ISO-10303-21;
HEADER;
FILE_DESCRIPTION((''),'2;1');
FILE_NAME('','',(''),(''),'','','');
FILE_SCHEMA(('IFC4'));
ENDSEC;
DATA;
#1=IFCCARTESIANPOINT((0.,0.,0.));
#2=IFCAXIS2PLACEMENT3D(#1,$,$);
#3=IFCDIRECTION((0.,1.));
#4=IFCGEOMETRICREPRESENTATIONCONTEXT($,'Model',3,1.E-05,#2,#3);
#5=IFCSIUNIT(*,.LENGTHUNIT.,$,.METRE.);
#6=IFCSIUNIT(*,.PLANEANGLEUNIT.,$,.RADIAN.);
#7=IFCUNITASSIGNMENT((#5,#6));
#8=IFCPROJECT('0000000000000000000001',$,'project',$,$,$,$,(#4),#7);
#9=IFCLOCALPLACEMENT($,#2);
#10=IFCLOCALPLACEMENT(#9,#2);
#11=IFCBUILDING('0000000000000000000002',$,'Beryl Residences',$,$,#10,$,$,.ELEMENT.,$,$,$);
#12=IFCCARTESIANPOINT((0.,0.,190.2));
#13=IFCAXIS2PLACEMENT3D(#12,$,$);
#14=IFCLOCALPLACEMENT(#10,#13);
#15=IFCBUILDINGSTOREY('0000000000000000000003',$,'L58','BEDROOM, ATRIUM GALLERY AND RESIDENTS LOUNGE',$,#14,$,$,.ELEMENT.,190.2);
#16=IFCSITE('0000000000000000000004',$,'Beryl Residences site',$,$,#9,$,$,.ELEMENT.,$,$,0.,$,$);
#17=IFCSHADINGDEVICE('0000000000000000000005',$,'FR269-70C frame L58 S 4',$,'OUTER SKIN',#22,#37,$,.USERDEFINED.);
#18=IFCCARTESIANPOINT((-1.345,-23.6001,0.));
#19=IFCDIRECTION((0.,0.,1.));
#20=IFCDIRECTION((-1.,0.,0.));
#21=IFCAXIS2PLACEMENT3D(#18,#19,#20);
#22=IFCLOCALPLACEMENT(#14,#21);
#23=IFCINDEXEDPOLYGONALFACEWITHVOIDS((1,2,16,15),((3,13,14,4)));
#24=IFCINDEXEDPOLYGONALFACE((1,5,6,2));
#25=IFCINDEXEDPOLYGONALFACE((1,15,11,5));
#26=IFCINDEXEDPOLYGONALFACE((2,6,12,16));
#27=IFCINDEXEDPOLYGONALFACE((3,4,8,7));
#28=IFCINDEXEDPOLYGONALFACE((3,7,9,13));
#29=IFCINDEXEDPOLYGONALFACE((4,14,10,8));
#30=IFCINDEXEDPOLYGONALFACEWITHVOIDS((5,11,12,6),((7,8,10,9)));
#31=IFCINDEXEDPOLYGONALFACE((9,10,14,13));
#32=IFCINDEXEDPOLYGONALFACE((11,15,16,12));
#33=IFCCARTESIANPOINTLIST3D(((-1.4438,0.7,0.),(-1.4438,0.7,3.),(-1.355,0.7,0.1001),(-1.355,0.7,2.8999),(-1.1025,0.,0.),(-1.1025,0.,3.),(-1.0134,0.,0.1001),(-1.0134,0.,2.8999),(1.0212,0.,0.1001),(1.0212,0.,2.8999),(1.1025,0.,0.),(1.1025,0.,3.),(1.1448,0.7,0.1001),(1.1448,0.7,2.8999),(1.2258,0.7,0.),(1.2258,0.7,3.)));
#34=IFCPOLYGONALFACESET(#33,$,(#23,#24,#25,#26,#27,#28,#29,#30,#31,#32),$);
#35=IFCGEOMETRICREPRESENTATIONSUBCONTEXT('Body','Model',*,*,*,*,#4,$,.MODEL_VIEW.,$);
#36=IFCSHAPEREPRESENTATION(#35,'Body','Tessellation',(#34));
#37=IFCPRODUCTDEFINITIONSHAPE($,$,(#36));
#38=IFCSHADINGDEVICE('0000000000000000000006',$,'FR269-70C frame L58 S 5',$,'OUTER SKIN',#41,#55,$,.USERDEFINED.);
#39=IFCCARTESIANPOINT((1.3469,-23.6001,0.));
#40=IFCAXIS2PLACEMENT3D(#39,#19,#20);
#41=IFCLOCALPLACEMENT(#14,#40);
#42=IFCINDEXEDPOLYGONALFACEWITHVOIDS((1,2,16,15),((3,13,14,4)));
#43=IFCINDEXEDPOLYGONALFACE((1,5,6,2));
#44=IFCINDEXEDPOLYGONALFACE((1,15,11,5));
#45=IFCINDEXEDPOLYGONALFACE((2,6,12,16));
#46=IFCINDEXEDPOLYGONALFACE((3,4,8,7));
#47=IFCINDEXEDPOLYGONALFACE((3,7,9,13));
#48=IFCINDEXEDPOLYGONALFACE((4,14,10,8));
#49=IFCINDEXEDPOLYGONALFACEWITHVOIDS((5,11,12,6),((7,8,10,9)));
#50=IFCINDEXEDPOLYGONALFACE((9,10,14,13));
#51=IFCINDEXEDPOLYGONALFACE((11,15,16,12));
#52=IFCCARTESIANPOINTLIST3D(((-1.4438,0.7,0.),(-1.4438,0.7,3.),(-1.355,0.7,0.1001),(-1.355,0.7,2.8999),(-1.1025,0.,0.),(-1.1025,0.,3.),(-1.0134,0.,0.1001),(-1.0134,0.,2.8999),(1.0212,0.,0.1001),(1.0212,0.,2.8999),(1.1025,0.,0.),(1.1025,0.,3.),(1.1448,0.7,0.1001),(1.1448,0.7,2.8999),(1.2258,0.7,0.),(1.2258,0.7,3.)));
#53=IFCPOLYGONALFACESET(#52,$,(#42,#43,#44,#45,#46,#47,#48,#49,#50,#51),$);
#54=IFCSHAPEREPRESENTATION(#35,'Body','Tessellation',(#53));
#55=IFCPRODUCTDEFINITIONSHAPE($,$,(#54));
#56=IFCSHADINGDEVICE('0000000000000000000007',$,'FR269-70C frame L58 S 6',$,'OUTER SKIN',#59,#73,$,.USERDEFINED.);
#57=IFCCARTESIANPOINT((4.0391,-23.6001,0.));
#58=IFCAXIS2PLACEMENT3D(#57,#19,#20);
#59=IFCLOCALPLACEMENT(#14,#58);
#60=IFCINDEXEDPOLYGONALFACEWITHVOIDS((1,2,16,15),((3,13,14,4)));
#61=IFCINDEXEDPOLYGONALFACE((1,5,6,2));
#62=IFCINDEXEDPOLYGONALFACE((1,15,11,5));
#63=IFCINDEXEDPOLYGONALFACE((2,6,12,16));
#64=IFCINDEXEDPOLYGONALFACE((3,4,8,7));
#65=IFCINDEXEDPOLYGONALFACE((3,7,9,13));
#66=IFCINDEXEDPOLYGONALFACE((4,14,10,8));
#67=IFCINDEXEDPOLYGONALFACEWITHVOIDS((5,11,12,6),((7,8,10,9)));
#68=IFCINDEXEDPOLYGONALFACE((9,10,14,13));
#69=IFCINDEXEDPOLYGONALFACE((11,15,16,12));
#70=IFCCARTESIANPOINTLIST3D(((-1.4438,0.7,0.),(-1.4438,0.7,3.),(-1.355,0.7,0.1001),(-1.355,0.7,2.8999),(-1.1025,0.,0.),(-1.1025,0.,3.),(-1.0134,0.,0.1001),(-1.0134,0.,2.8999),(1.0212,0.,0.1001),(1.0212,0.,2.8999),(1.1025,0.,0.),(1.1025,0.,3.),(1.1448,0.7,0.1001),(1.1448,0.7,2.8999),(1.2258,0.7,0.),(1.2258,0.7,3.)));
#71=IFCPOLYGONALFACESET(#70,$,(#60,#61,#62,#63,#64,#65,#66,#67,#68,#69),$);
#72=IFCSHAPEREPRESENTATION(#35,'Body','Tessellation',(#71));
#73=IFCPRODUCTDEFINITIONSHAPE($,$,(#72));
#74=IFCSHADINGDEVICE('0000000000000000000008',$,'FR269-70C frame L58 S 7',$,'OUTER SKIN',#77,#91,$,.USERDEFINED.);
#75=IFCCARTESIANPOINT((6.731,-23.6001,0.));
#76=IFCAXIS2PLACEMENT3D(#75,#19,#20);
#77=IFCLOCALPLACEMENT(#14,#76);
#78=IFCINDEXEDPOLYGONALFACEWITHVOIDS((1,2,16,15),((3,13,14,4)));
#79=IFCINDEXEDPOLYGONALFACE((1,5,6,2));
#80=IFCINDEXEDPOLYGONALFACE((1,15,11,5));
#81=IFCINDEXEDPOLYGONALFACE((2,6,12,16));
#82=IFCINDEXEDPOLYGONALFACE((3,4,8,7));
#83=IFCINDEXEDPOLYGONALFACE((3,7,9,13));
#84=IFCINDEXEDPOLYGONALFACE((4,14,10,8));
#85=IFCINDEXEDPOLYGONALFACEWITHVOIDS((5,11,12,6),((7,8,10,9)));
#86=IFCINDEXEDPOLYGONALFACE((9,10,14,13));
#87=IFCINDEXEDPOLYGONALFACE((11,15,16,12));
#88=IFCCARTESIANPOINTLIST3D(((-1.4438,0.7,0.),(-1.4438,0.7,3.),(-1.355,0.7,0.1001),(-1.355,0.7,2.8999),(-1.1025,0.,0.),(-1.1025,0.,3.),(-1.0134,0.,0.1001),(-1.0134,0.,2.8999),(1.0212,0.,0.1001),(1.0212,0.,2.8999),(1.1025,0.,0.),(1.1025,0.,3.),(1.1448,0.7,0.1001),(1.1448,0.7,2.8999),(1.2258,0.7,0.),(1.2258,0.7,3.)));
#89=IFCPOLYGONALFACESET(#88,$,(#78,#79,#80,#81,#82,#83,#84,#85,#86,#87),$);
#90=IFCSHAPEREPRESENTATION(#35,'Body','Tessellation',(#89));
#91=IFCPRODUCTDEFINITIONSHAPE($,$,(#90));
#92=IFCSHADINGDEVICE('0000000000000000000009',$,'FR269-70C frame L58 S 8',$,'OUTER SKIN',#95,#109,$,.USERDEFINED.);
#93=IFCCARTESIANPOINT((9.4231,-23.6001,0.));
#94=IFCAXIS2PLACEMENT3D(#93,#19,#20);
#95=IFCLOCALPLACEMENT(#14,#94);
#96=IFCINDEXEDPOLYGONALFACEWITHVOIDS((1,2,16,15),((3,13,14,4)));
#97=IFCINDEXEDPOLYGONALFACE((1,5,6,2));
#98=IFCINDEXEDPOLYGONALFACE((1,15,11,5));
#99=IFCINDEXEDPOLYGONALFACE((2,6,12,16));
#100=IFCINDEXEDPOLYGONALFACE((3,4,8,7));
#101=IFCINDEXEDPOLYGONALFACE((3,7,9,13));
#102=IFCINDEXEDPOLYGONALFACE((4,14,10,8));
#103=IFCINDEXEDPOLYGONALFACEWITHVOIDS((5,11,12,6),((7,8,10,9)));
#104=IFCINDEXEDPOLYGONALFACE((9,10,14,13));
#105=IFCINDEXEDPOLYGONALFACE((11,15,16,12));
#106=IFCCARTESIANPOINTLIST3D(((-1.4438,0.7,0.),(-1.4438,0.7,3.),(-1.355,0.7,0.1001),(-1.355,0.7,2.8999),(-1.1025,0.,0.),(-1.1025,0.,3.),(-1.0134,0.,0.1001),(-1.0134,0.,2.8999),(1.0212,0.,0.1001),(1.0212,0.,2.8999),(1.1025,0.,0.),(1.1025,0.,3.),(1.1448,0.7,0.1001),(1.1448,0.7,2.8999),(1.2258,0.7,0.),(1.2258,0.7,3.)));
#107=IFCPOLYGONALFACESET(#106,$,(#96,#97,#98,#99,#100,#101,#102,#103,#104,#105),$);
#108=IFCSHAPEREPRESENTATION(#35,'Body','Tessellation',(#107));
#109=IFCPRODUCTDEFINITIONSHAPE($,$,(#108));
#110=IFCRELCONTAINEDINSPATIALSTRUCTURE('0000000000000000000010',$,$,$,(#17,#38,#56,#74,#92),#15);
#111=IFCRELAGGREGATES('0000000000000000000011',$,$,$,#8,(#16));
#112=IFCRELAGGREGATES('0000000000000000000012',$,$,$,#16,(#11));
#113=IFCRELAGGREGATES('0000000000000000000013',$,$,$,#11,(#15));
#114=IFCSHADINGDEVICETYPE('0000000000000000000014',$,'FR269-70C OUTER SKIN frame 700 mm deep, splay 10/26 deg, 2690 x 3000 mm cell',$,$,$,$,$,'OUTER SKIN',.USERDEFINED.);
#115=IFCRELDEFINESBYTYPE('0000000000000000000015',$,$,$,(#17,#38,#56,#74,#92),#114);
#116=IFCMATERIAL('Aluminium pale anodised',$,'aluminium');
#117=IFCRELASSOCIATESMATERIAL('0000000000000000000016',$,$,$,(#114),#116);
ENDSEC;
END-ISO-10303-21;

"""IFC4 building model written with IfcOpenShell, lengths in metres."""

from ifc_helpers import new_model, entity, si_unit, direction, frame, origin, place, context, subcontext, project, spatial, source, transform, mapped, material, type_object, type_shapes, element, save


model = new_model("IFC4")

# Units and contexts
model_context = context("Model", 3, precision=1e-05, world=origin(), true_north=direction((0.0, 1.0)))
body_context = subcontext(model_context, "Body", "Model", "MODEL_VIEW")
ifc_project = project(units=[si_unit("LENGTHUNIT", "METRE"), si_unit("PLANEANGLEUNIT", "RADIAN")], contexts=[model_context])

# Site, building, storey
site_placement = place(None, origin())
site = spatial("IfcSite", under=ifc_project, at=site_placement, Name="Beryl Residences site", CompositionType="ELEMENT", RefElevation=0.0)
building_placement = place(site_placement, origin())
building = spatial("IfcBuilding", under=site, at=building_placement, Name="Beryl Residences", CompositionType="ELEMENT")
storey_placement = place(building_placement, frame((0.0, 0.0, 190.2)))
storey = spatial("IfcBuildingStorey", under=building, at=storey_placement, Name="L58", Description="BEDROOM, ATRIUM GALLERY AND RESIDENTS LOUNGE", CompositionType="ELEMENT", Elevation=190.2)

# Shading devices
ifc_material_1 = material(Name="Aluminium pale anodised", Category="aluminium")
shading_device_type = type_object("IfcShadingDeviceType", Name="FR269-70C OUTER SKIN frame 700 mm deep, splay 10/26 deg, 2690 x 3000 mm cell", ElementType="OUTER SKIN", PredefinedType="USERDEFINED", material=ifc_material_1)
cartesian_point_1 = entity("IfcCartesianPoint", [-1.1025, 0.0])
cartesian_point_2 = entity("IfcCartesianPoint", [-1.0212, 0.1001])
cartesian_point_3 = entity("IfcCartesianPoint", [-1.2258, 0.0])
cartesian_point_4 = entity("IfcCartesianPoint", [-1.1448, 0.1001])
shared_shape_1 = source(origin(), body_context, "Body", "SweptSolid", [
    entity("IfcExtrudedAreaSolidTapered", entity("IfcArbitraryProfileDefWithVoids", "AREA", None, entity("IfcPolyline", [cartesian_point_1, entity("IfcCartesianPoint", [1.1025, 0.0]), entity("IfcCartesianPoint", [1.1025, 3.0]), entity("IfcCartesianPoint", [-1.1025, 3.0]), cartesian_point_1]), [entity("IfcPolyline", [cartesian_point_2, entity("IfcCartesianPoint", [1.0134, 0.1001]), entity("IfcCartesianPoint", [1.0134, 2.8999]), entity("IfcCartesianPoint", [-1.0212, 2.8999]), cartesian_point_2])]), entity("IfcAxis2Placement3D", entity("IfcCartesianPoint", [0.0, 0.0, 0.0]), entity("IfcDirection", [0.0, 1.0, 0.0]), entity("IfcDirection", [-1.0, 0.0, 0.0])), entity("IfcDirection", [0.0, 0.0, 1.0]), 0.7, entity("IfcArbitraryProfileDefWithVoids", "AREA", None, entity("IfcPolyline", [cartesian_point_3, entity("IfcCartesianPoint", [1.4438, 0.0]), entity("IfcCartesianPoint", [1.4438, 3.0]), entity("IfcCartesianPoint", [-1.2258, 3.0]), cartesian_point_3]), [entity("IfcPolyline", [cartesian_point_4, entity("IfcCartesianPoint", [1.355, 0.1001]), entity("IfcCartesianPoint", [1.355, 2.8999]), entity("IfcCartesianPoint", [-1.1448, 2.8999]), cartesian_point_4])])),
])
type_shapes(shading_device_type, [shared_shape_1])
for number, where, z_axis, x_axis, name in (
    (1, (-1.345, -23.6001, 0.0), (0.0, 0.0, 1.0), (-1.0, 0.0, 0.0), "FR269-70C frame L58 S 4"),
    (2, (1.3469, -23.6001, 0.0), (0.0, 0.0, 1.0), (-1.0, 0.0, 0.0), "FR269-70C frame L58 S 5"),
    (3, (4.0391, -23.6001, 0.0), (0.0, 0.0, 1.0), (-1.0, 0.0, 0.0), "FR269-70C frame L58 S 6"),
    (4, (6.731, -23.6001, 0.0), (0.0, 0.0, 1.0), (-1.0, 0.0, 0.0), "FR269-70C frame L58 S 7"),
    (5, (9.4231, -23.6001, 0.0), (0.0, 0.0, 1.0), (-1.0, 0.0, 0.0), "FR269-70C frame L58 S 8"),
):
    element("IfcShadingDevice", number, at=place(storey_placement, frame(where, z_axis=z_axis, x_axis=x_axis)), inside=storey, type_object=shading_device_type, Name=name, ObjectType="OUTER SKIN", PredefinedType="USERDEFINED", context=body_context, shape_type="MappedRepresentation", body=[
        mapped(shared_shape_1, transform((0.0, 0.0, 0.0))),
    ])

save(model, "model.ifc")
